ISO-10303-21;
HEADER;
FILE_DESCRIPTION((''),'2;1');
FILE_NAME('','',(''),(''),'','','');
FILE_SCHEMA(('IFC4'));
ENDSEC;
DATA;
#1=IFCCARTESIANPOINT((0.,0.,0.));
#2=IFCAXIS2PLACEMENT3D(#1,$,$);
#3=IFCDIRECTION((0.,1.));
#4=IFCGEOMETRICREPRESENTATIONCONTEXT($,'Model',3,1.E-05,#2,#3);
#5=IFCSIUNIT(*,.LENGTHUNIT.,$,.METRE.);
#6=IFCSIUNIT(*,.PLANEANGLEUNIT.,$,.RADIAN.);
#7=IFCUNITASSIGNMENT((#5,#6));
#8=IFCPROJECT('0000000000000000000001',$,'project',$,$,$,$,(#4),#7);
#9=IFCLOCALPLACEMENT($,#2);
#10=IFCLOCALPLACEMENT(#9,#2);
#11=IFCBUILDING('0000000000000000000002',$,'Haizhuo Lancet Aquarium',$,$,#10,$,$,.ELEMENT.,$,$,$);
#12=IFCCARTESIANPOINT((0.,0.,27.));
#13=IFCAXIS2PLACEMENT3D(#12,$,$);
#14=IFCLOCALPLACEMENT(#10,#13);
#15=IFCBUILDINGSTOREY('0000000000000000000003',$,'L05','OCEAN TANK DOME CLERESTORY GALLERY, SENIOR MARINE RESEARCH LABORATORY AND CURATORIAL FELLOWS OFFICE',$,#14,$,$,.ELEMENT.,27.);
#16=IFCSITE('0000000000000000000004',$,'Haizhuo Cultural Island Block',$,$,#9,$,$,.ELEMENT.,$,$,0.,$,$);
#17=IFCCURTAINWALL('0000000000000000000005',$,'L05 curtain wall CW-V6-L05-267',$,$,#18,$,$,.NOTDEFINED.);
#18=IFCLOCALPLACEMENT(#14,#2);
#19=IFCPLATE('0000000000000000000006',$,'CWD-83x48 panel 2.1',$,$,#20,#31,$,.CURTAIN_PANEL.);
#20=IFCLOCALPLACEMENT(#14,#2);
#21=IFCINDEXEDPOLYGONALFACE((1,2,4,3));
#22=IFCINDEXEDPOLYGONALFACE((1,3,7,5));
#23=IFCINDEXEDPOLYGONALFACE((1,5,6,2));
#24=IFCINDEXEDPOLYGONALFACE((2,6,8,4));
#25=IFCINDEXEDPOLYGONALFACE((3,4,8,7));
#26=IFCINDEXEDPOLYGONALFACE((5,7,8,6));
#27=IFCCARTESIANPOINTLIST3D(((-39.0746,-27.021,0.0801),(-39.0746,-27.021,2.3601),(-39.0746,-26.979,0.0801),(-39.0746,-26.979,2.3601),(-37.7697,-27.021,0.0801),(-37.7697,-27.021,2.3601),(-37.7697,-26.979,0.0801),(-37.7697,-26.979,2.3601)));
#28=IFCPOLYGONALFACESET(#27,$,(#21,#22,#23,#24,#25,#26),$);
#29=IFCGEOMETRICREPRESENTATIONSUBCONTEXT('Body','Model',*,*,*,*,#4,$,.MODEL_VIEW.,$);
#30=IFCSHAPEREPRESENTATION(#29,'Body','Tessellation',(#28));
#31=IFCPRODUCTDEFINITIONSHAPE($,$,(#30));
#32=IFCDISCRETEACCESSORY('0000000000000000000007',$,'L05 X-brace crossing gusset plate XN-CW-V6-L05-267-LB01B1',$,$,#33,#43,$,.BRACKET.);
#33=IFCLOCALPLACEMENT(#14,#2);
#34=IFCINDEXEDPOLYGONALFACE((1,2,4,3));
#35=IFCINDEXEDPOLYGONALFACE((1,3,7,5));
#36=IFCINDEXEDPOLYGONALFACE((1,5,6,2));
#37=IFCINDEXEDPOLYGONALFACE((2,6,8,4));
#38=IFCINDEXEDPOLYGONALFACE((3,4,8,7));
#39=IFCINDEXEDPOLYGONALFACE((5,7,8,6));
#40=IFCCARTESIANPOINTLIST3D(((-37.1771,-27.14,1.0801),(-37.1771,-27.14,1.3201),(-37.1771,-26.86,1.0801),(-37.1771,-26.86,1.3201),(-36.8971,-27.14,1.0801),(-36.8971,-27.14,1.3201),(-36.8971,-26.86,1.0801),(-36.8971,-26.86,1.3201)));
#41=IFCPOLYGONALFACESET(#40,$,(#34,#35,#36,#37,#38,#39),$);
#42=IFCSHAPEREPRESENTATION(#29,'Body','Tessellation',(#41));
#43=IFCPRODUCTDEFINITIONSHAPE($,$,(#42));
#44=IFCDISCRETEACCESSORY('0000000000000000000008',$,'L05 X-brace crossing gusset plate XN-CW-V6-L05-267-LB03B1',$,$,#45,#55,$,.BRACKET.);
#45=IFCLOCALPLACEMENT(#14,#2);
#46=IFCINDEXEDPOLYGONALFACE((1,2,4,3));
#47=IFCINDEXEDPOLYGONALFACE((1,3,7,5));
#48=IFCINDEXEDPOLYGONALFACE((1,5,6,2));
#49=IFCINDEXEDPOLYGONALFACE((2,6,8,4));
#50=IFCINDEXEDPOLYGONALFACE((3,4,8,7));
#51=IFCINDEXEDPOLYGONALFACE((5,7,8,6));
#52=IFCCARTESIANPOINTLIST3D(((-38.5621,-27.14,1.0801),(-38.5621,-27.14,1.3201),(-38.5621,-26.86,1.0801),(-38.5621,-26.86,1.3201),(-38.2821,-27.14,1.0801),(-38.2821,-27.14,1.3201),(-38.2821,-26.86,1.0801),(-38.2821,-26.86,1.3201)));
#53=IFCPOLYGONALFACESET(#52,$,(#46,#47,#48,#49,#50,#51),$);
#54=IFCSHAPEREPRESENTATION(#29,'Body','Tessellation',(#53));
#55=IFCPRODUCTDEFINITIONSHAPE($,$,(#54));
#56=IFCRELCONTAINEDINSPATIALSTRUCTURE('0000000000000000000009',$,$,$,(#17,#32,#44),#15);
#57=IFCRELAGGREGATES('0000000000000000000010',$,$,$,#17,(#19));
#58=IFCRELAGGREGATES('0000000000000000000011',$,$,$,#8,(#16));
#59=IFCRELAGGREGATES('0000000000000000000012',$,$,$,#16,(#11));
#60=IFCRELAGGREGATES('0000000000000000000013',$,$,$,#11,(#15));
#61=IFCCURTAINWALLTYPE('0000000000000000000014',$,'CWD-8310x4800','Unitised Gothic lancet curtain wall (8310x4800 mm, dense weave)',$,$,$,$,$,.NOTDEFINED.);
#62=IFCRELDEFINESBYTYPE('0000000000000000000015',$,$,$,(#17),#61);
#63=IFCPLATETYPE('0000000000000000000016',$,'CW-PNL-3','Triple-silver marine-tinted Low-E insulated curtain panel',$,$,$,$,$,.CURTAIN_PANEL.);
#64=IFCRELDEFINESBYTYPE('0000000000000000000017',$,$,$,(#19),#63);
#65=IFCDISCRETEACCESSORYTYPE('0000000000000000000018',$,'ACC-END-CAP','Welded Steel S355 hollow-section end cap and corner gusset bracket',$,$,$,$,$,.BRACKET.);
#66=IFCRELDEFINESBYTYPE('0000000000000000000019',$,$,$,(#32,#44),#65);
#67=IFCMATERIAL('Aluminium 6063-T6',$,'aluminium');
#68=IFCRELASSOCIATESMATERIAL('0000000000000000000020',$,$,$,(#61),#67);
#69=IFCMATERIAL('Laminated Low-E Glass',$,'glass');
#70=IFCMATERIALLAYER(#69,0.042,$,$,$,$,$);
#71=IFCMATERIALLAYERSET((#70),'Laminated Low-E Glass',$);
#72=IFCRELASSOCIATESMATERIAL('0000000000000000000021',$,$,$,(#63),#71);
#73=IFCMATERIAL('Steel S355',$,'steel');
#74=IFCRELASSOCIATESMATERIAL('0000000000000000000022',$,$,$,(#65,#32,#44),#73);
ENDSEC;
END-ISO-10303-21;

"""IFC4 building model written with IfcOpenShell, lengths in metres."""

from ifc_helpers import new_model, si_unit, direction, frame, origin, origin_2d, place, context, subcontext, project, spatial, rectangle, extrude, material, layer, layer_set, type_object, element, aggregate, save


model = new_model("IFC4")

# Units and contexts
model_context = context("Model", 3, precision=1e-05, world=origin(), true_north=direction((0.0, 1.0)))
body_context = subcontext(model_context, "Body", "Model", "MODEL_VIEW")
ifc_project = project(units=[si_unit("LENGTHUNIT", "METRE"), si_unit("PLANEANGLEUNIT", "RADIAN")], contexts=[model_context])

# Site, building, storey
site_placement = place(None, origin())
site = spatial("IfcSite", under=ifc_project, at=site_placement, Name="Haizhuo Cultural Island Block", CompositionType="ELEMENT", RefElevation=0.0)
building_placement = place(site_placement, origin())
building = spatial("IfcBuilding", under=site, at=building_placement, Name="Haizhuo Lancet Aquarium", CompositionType="ELEMENT")
storey_placement = place(building_placement, frame((0.0, 0.0, 27.0)))
storey = spatial("IfcBuildingStorey", under=building, at=storey_placement, Name="L05", Description="OCEAN TANK DOME CLERESTORY GALLERY, SENIOR MARINE RESEARCH LABORATORY AND CURATORIAL FELLOWS OFFICE", CompositionType="ELEMENT", Elevation=27.0)

# Curtain wall
ifc_material_1 = material(Name="Aluminium 6063-T6", Category="aluminium")
curtain_wall_type = type_object("IfcCurtainWallType", Name="CWD-8310x4800", Description="Unitised Gothic lancet curtain wall (8310x4800 mm, dense weave)", PredefinedType="NOTDEFINED", material=ifc_material_1)
curtain_wall_1_placement = place(storey_placement, origin())
curtain_wall_1 = element("IfcCurtainWall", 1, at=curtain_wall_1_placement, inside=storey, type_object=curtain_wall_type, Name="L05 curtain wall CW-V6-L05-267", PredefinedType="NOTDEFINED")

# Shared definitions
ifc_material_2 = material(Name="Steel S355", Category="steel")

# Plate
ifc_material_3 = material(Name="Laminated Low-E Glass", Category="glass")
ifc_layer_1 = layer(ifc_material_3, 0.042)
ifc_layer_set_1 = layer_set([ifc_layer_1], Name="Laminated Low-E Glass")
plate_type_1 = type_object("IfcPlateType", Name="CW-PNL-3", Description="Triple-silver marine-tinted Low-E insulated curtain panel", PredefinedType="CURTAIN_PANEL", material=ifc_layer_set_1)
plate_1_placement = place(storey_placement, frame((-38.4221, -27.0, 0.0801), z_axis=(0.0, 0.0, 1.0), x_axis=(-1.0, 0.0, 0.0)))
plate_1 = element("IfcPlate", 2, at=plate_1_placement, type_object=plate_type_1, Name="CWD-83x48 panel 2.1", PredefinedType="CURTAIN_PANEL", context=body_context, shape_type="SweptSolid", body=[
    extrude(rectangle(XDim=1.3049, YDim=0.042, at=origin_2d()), origin(), (0.0, 0.0, 1.0), 2.28),
])
aggregate(curtain_wall_1, [plate_1])

# Discrete accessories
discrete_accessory_type = type_object("IfcDiscreteAccessoryType", Name="ACC-END-CAP", Description="Welded Steel S355 hollow-section end cap and corner gusset bracket", PredefinedType="BRACKET", material=ifc_material_2)
for number, where, z_axis, x_axis, name in (
    (3, (-37.0371, -27.0, 1.0801), (0.0, 0.0, 1.0), (1.0, 0.0, 0.0), "L05 X-brace crossing gusset plate XN-CW-V6-L05-267-LB01B1"),
    (4, (-38.4221, -27.0, 1.0801), (0.0, 0.0, 1.0), (1.0, 0.0, 0.0), "L05 X-brace crossing gusset plate XN-CW-V6-L05-267-LB03B1"),
):
    element("IfcDiscreteAccessory", number, at=place(storey_placement, frame(where, z_axis=z_axis, x_axis=x_axis)), inside=storey, type_object=discrete_accessory_type, material=ifc_material_2, Name=name, PredefinedType="BRACKET", context=body_context, shape_type="SweptSolid", body=[
        extrude(rectangle(XDim=0.28, YDim=0.28, at=origin_2d()), origin(), (0.0, 0.0, 1.0), 0.24),
    ])

save(model, "model.ifc")
